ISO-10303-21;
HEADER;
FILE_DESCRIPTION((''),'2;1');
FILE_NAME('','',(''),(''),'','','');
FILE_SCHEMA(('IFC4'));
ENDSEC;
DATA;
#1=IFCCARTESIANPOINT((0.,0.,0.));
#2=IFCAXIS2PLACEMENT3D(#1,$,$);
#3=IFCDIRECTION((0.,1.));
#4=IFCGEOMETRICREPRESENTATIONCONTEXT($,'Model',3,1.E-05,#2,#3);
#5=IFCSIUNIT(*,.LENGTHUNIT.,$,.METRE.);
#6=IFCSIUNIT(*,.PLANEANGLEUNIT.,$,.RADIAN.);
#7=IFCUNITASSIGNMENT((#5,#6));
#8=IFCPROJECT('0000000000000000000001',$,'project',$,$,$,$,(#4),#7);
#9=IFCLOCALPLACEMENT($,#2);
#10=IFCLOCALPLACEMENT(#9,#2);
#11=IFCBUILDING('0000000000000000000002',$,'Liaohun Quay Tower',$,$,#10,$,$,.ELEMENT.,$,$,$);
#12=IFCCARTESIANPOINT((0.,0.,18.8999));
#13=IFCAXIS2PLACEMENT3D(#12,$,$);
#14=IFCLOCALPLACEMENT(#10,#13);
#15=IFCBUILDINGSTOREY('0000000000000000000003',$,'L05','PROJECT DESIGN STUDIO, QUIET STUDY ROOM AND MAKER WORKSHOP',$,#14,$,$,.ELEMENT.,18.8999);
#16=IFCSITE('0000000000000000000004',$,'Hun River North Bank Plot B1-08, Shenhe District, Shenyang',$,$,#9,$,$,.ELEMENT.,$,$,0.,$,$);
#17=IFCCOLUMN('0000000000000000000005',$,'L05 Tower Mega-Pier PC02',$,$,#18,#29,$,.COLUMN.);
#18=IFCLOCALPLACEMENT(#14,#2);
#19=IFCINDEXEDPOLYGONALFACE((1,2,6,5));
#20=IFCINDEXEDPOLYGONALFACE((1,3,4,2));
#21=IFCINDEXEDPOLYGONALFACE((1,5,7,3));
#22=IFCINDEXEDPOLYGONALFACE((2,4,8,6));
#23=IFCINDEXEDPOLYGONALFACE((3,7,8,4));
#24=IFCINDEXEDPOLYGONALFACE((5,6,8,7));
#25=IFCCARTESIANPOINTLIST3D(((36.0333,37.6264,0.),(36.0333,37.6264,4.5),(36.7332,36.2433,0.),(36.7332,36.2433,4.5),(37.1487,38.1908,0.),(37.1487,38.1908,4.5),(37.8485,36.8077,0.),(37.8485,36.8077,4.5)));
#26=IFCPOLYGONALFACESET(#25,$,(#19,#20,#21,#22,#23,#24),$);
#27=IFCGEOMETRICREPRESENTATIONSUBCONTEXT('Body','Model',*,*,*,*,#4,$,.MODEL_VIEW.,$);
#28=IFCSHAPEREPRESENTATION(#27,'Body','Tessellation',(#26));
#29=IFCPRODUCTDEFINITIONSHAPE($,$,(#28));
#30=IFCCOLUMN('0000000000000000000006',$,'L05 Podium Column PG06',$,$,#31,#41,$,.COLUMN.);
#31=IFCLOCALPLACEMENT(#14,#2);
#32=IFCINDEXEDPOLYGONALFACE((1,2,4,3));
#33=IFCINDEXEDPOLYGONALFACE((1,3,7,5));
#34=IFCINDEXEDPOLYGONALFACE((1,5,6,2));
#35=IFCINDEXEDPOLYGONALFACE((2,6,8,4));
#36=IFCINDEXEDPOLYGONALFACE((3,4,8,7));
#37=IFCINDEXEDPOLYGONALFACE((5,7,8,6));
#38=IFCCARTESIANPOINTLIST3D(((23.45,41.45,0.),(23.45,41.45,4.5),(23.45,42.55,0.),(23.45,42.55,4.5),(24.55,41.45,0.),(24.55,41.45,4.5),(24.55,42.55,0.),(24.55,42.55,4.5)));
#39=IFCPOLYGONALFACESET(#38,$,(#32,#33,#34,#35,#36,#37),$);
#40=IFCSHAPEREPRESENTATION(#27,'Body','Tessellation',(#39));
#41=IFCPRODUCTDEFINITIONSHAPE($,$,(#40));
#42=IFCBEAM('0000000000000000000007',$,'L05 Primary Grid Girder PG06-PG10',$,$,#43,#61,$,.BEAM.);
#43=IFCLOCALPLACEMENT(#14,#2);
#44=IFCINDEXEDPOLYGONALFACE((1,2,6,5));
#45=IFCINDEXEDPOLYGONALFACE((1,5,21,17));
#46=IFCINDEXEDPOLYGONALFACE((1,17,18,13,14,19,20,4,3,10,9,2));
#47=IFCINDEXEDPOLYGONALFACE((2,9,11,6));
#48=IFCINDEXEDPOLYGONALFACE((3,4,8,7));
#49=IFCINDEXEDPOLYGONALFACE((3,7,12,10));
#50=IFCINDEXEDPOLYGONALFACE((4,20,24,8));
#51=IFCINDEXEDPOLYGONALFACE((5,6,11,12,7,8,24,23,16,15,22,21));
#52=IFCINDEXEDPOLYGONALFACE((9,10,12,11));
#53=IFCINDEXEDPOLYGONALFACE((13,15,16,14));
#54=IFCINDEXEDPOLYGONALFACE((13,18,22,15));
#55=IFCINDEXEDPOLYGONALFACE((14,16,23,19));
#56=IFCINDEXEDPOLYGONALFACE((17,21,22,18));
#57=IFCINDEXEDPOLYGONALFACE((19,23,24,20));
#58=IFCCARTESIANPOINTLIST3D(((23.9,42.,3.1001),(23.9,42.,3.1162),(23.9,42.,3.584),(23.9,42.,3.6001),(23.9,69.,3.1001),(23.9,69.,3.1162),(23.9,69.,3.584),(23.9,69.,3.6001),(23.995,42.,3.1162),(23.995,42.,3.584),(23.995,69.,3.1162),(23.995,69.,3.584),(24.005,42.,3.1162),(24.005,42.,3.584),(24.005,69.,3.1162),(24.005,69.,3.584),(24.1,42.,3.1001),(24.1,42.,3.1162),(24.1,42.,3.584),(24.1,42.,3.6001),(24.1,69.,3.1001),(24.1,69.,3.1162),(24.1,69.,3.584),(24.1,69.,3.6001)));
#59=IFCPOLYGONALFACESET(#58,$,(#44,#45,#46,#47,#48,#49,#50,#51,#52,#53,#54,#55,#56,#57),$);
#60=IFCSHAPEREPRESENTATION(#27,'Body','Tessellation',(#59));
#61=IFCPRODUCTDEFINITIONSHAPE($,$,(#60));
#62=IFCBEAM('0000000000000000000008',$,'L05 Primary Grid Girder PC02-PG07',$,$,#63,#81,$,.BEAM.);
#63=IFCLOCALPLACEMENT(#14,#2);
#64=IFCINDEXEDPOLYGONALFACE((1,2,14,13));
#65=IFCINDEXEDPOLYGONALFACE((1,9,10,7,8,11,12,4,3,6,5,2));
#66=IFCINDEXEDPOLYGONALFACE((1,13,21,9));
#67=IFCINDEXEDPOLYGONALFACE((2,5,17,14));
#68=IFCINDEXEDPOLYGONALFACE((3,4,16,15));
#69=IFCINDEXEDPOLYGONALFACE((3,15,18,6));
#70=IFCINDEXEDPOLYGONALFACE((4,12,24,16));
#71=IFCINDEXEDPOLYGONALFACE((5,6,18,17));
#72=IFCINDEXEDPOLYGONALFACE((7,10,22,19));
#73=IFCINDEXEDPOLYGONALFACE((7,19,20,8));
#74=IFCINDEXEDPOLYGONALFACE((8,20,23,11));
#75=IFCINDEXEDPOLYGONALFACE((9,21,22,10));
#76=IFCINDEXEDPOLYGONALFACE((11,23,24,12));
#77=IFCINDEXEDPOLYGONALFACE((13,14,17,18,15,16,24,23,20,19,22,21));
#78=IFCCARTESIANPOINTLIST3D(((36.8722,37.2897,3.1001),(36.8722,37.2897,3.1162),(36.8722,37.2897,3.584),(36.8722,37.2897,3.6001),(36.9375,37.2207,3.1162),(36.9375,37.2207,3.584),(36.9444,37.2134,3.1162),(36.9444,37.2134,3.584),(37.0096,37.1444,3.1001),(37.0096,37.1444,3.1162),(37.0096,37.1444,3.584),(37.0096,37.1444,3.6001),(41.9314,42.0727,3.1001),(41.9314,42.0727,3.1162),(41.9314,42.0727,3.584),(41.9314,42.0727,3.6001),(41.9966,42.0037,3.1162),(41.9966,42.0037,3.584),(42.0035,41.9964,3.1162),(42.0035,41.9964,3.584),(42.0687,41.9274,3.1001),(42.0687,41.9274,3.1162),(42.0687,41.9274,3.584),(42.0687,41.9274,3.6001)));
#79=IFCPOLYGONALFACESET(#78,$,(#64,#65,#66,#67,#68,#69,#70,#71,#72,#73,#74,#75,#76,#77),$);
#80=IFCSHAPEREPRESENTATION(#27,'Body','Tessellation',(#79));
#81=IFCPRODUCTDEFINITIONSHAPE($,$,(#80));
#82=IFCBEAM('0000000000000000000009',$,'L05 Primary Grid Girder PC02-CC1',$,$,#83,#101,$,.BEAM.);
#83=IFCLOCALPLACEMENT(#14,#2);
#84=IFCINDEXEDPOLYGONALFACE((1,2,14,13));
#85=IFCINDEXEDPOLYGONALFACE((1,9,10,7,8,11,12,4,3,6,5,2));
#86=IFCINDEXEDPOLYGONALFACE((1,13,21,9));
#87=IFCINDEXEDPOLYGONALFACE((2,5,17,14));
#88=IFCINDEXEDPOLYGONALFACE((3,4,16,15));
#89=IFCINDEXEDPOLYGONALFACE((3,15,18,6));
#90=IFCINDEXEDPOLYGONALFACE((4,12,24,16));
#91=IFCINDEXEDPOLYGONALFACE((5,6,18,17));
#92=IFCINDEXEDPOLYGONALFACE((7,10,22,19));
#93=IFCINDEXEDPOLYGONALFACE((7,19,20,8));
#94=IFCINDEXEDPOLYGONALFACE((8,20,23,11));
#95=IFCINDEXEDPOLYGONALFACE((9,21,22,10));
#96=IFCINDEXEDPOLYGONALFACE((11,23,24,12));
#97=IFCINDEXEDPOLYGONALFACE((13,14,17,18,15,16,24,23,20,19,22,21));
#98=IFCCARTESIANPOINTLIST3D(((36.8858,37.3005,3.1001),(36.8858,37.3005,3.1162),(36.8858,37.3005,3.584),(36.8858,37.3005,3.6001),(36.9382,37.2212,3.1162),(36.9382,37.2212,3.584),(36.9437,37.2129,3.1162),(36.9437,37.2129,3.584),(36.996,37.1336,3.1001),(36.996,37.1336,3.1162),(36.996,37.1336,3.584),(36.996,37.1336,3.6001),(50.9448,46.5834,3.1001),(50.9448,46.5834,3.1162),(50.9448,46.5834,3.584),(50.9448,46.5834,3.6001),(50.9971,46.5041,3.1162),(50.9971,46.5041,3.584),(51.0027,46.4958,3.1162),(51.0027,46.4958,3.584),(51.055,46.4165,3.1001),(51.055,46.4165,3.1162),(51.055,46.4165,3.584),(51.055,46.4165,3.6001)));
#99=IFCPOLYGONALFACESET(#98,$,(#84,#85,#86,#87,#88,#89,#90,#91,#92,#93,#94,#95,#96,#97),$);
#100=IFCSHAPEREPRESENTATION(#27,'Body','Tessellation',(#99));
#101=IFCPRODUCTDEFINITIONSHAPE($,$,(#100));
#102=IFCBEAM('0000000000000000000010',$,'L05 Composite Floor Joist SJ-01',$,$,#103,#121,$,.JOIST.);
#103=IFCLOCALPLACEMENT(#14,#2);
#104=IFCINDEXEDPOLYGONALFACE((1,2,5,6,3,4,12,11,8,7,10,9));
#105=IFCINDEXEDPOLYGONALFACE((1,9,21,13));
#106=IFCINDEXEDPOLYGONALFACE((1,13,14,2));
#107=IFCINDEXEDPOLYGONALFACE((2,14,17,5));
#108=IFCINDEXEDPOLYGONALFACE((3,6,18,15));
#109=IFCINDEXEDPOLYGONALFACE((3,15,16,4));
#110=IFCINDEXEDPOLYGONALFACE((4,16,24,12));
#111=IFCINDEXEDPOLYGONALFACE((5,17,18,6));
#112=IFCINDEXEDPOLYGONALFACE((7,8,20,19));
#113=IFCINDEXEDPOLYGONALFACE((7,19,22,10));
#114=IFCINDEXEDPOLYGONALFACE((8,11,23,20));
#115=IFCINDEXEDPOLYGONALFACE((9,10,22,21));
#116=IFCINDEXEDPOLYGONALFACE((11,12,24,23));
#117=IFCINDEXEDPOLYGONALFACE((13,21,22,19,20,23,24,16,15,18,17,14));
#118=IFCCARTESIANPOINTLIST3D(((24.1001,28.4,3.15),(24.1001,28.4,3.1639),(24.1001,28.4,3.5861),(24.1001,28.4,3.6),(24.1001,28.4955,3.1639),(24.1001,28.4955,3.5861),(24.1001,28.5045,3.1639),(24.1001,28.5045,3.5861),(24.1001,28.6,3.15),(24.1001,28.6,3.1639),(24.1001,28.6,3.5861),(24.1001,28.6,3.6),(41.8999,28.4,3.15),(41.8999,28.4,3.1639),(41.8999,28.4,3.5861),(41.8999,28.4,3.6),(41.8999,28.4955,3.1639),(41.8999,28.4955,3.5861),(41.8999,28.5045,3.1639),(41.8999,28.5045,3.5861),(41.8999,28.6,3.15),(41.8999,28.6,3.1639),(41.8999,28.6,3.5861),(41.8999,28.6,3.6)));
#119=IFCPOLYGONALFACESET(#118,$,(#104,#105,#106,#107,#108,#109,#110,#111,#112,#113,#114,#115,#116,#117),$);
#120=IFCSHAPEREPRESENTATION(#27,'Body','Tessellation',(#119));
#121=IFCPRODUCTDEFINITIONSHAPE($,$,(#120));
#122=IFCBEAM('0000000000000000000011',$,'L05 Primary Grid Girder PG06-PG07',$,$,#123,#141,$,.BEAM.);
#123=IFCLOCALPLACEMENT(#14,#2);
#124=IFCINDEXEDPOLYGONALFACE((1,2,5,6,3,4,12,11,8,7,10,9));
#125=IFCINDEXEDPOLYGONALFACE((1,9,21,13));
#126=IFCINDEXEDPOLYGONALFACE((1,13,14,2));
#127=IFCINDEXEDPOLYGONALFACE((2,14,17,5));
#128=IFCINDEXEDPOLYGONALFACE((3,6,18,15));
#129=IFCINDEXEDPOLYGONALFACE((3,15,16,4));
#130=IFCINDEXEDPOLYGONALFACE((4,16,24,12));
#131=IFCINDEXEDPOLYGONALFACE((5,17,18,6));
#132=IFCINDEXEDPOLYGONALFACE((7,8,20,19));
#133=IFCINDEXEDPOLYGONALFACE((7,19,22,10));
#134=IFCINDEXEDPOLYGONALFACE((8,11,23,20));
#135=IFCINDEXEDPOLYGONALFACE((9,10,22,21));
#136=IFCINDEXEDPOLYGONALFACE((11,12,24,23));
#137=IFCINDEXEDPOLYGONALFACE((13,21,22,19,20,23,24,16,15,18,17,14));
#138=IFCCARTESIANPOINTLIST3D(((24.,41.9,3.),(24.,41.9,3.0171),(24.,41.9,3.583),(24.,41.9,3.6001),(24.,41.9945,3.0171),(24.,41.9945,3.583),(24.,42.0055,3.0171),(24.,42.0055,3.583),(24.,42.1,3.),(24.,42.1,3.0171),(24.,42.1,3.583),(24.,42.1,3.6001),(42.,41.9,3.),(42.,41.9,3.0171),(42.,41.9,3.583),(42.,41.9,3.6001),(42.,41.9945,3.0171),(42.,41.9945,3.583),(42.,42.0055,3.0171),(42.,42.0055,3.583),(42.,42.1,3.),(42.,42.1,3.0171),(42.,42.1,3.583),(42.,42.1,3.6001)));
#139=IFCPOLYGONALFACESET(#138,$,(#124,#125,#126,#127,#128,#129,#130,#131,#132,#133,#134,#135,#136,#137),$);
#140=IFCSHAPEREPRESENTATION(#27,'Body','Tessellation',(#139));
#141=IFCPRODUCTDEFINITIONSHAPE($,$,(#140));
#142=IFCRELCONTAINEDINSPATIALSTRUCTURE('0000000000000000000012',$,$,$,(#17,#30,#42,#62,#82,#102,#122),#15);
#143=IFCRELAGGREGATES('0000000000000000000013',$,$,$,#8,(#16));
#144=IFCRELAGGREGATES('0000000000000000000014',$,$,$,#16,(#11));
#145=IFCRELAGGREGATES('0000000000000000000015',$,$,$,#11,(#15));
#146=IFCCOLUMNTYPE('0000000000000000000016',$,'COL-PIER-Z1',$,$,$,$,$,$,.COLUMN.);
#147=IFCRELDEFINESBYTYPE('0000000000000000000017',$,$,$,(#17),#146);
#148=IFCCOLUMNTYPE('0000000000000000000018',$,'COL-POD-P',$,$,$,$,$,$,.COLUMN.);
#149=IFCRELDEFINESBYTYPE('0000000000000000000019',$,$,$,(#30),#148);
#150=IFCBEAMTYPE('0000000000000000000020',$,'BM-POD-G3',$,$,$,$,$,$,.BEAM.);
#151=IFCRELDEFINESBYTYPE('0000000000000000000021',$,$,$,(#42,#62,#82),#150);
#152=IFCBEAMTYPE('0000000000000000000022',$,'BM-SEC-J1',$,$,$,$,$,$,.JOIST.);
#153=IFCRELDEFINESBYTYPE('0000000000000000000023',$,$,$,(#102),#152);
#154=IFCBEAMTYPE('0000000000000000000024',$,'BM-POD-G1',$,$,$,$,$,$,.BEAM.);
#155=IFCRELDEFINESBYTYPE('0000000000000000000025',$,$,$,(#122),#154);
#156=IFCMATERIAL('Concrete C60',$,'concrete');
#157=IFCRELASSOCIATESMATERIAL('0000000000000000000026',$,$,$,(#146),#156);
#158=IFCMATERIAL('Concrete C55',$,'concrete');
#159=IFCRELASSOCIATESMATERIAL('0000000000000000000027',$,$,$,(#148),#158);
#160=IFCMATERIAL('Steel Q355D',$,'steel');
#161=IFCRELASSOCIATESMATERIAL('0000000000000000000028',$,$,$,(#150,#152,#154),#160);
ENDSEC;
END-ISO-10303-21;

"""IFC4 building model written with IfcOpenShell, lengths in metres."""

from ifc_helpers import new_model, si_unit, direction, frame, origin, origin_2d, place, context, subcontext, project, spatial, rectangle, i_section, extrude, source, transform, mapped, material, material_profile, profile_set, type_object, element, save


model = new_model("IFC4")

# Units and contexts
model_context = context("Model", 3, precision=1e-05, world=origin(), true_north=direction((0.0, 1.0)))
body_context = subcontext(model_context, "Body", "Model", "MODEL_VIEW")
ifc_project = project(units=[si_unit("LENGTHUNIT", "METRE"), si_unit("PLANEANGLEUNIT", "RADIAN")], contexts=[model_context])

# Site, building, storey
site_placement = place(None, origin())
site = spatial("IfcSite", under=ifc_project, at=site_placement, Name="Hun River North Bank Plot B1-08, Shenhe District, Shenyang", CompositionType="ELEMENT", RefElevation=0.0)
building_placement = place(site_placement, origin())
building = spatial("IfcBuilding", under=site, at=building_placement, Name="Liaohun Quay Tower", CompositionType="ELEMENT")
storey_placement = place(building_placement, frame((0.0, 0.0, 18.8999)))
storey = spatial("IfcBuildingStorey", under=building, at=storey_placement, Name="L05", Description="PROJECT DESIGN STUDIO, QUIET STUDY ROOM AND MAKER WORKSHOP", CompositionType="ELEMENT", Elevation=18.8999)

# Columns
ifc_material_1 = material(Name="Concrete C60", Category="concrete")
ifc_material_profile_1 = material_profile(ifc_material_1, rectangle(XDim=1.55, YDim=1.25, at=origin_2d()), Name="RC1550x1250")
ifc_profile_set_1 = profile_set([ifc_material_profile_1], Name="Concrete C60")
column_type_1 = type_object("IfcColumnType", Name="COL-PIER-Z1", PredefinedType="COLUMN", material=ifc_profile_set_1)
shared_shape_1 = source(origin(), body_context, "Body", "SweptSolid", [
    extrude(rectangle(XDim=1.55, YDim=1.25, at=origin_2d()), origin(), (0.0, 0.0, 1.0), 4.5),
])
column_1_placement = place(storey_placement, frame((36.9409, 37.217, 0.0), z_axis=(0.0, 0.0, 1.0), x_axis=(-0.451501, 0.892271, 0.0)))
element("IfcColumn", 1, at=column_1_placement, inside=storey, type_object=column_type_1, Name="L05 Tower Mega-Pier PC02", PredefinedType="COLUMN", context=body_context, shape_type="MappedRepresentation", body=[
    mapped(shared_shape_1, transform((0.0, 0.0, 0.0), x_axis=(1.0, 0.0, 0.0), y_axis=(0.0, 1.0, 0.0), z_axis=(0.0, 0.0, 1.0), scale=1.0)),
])
ifc_material_2 = material(Name="Concrete C55", Category="concrete")
ifc_material_profile_2 = material_profile(ifc_material_2, rectangle(XDim=1.1001, YDim=1.1001, at=origin_2d()), Name="RC1100x1100")
ifc_profile_set_2 = profile_set([ifc_material_profile_2], Name="Concrete C55")
column_type_2 = type_object("IfcColumnType", Name="COL-POD-P", PredefinedType="COLUMN", material=ifc_profile_set_2)
shared_shape_2 = source(origin(), body_context, "Body", "SweptSolid", [
    extrude(rectangle(XDim=1.1001, YDim=1.1001, at=origin_2d()), origin(), (0.0, 0.0, 1.0), 4.5),
])
column_2_placement = place(storey_placement, frame((24.0, 42.0, 0.0), z_axis=(0.0, 0.0, 1.0), x_axis=(1.0, 0.0, 0.0)))
element("IfcColumn", 2, at=column_2_placement, inside=storey, type_object=column_type_2, Name="L05 Podium Column PG06", PredefinedType="COLUMN", context=body_context, shape_type="MappedRepresentation", body=[
    mapped(shared_shape_2, transform((0.0, 0.0, 0.0), x_axis=(1.0, 0.0, 0.0), y_axis=(0.0, 1.0, 0.0), z_axis=(0.0, 0.0, 1.0), scale=1.0)),
])

# Beams
ifc_material_3 = material(Name="Steel Q355D", Category="steel")
ifc_material_profile_3 = material_profile(ifc_material_3, i_section(OverallWidth=0.2, OverallDepth=0.5, WebThickness=0.01, FlangeThickness=0.0161, at=origin_2d()), Name="HN500x200x10x16")
ifc_profile_set_3 = profile_set([ifc_material_profile_3], Name="Steel Q355D")
beam_type_1 = type_object("IfcBeamType", Name="BM-POD-G3", PredefinedType="BEAM", material=ifc_profile_set_3)
shared_shape_3 = source(origin(), body_context, "Body", "SweptSolid", [
    extrude(i_section(OverallWidth=0.2, OverallDepth=0.5, WebThickness=0.01, FlangeThickness=0.0161, at=origin_2d()), origin(), (0.0, 0.0, 1.0), 27.0),
])
beam_1_placement = place(storey_placement, frame((24.0, 42.0, 3.3501), z_axis=(0.0, 1.0, 0.0), x_axis=(-1.0, 0.0, 0.0)))
element("IfcBeam", 3, at=beam_1_placement, inside=storey, type_object=beam_type_1, Name="L05 Primary Grid Girder PG06-PG10", PredefinedType="BEAM", context=body_context, shape_type="MappedRepresentation", body=[
    mapped(shared_shape_3, transform((0.0, 0.0, 0.0), x_axis=(1.0, 0.0, 0.0), y_axis=(0.0, 1.0, 0.0), z_axis=(0.0, 0.0, 1.0), scale=1.0)),
])
shared_shape_4 = source(origin(), body_context, "Body", "SweptSolid", [
    extrude(i_section(OverallWidth=0.2, OverallDepth=0.5, WebThickness=0.01, FlangeThickness=0.0161, at=origin_2d()), origin(), (0.0, 0.0, 1.0), 6.9622),
])
beam_2_placement = place(storey_placement, frame((36.9409, 37.217, 3.3501), z_axis=(0.726659, 0.686998, 0.0), x_axis=(-0.686998, 0.726659, 0.0)))
element("IfcBeam", 4, at=beam_2_placement, inside=storey, type_object=beam_type_1, Name="L05 Primary Grid Girder PC02-PG07", PredefinedType="BEAM", context=body_context, shape_type="MappedRepresentation", body=[
    mapped(shared_shape_4, transform((0.0, 0.0, 0.0), x_axis=(1.0, 0.0, 0.0), y_axis=(0.0, 1.0, 0.0), z_axis=(0.0, 0.0, 1.0), scale=1.0)),
])
shared_shape_5 = source(origin(), body_context, "Body", "SweptSolid", [
    extrude(i_section(OverallWidth=0.2, OverallDepth=0.5, WebThickness=0.01, FlangeThickness=0.0161, at=origin_2d()), origin(), (0.0, 0.0, 1.0), 16.8472),
])
beam_3_placement = place(storey_placement, frame((36.9409, 37.217, 3.3501), z_axis=(0.834501, 0.551006, 0.0), x_axis=(-0.551006, 0.834501, 0.0)))
element("IfcBeam", 5, at=beam_3_placement, inside=storey, type_object=beam_type_1, Name="L05 Primary Grid Girder PC02-CC1", PredefinedType="BEAM", context=body_context, shape_type="MappedRepresentation", body=[
    mapped(shared_shape_5, transform((0.0, 0.0, 0.0), x_axis=(1.0, 0.0, 0.0), y_axis=(0.0, 1.0, 0.0), z_axis=(0.0, 0.0, 1.0), scale=1.0)),
])
ifc_material_profile_4 = material_profile(ifc_material_3, i_section(OverallWidth=0.2, OverallDepth=0.45, WebThickness=0.009, FlangeThickness=0.0139, at=origin_2d()), Name="HN450x200x9x14")
ifc_profile_set_4 = profile_set([ifc_material_profile_4], Name="Steel Q355D")
beam_type_2 = type_object("IfcBeamType", Name="BM-SEC-J1", PredefinedType="JOIST", material=ifc_profile_set_4)
shared_shape_6 = source(origin(), body_context, "Body", "SweptSolid", [
    extrude(i_section(OverallWidth=0.2, OverallDepth=0.45, WebThickness=0.009, FlangeThickness=0.0139, at=origin_2d()), origin(), (0.0, 0.0, 1.0), 17.7998),
])
beam_4_placement = place(storey_placement, frame((24.1001, 28.5, 3.375), z_axis=(1.0, 0.0, 0.0), x_axis=(0.0, 1.0, 0.0)))
element("IfcBeam", 6, at=beam_4_placement, inside=storey, type_object=beam_type_2, Name="L05 Composite Floor Joist SJ-01", PredefinedType="JOIST", context=body_context, shape_type="MappedRepresentation", body=[
    mapped(shared_shape_6, transform((0.0, 0.0, 0.0), x_axis=(1.0, 0.0, 0.0), y_axis=(0.0, 1.0, 0.0), z_axis=(0.0, 0.0, 1.0), scale=1.0)),
])
ifc_material_profile_5 = material_profile(ifc_material_3, i_section(OverallWidth=0.2, OverallDepth=0.6001, WebThickness=0.011, FlangeThickness=0.0171, at=origin_2d()), Name="HN600x200x11x17")
ifc_profile_set_5 = profile_set([ifc_material_profile_5], Name="Steel Q355D")
beam_type_3 = type_object("IfcBeamType", Name="BM-POD-G1", PredefinedType="BEAM", material=ifc_profile_set_5)
shared_shape_7 = source(origin(), body_context, "Body", "SweptSolid", [
    extrude(i_section(OverallWidth=0.2, OverallDepth=0.6001, WebThickness=0.011, FlangeThickness=0.0171, at=origin_2d()), origin(), (0.0, 0.0, 1.0), 18.0),
])
beam_5_placement = place(storey_placement, frame((24.0, 42.0, 3.3), z_axis=(1.0, 0.0, 0.0), x_axis=(0.0, 1.0, 0.0)))
element("IfcBeam", 7, at=beam_5_placement, inside=storey, type_object=beam_type_3, Name="L05 Primary Grid Girder PG06-PG07", PredefinedType="BEAM", context=body_context, shape_type="MappedRepresentation", body=[
    mapped(shared_shape_7, transform((0.0, 0.0, 0.0), x_axis=(1.0, 0.0, 0.0), y_axis=(0.0, 1.0, 0.0), z_axis=(0.0, 0.0, 1.0), scale=1.0)),
])

save(model, "model.ifc")
